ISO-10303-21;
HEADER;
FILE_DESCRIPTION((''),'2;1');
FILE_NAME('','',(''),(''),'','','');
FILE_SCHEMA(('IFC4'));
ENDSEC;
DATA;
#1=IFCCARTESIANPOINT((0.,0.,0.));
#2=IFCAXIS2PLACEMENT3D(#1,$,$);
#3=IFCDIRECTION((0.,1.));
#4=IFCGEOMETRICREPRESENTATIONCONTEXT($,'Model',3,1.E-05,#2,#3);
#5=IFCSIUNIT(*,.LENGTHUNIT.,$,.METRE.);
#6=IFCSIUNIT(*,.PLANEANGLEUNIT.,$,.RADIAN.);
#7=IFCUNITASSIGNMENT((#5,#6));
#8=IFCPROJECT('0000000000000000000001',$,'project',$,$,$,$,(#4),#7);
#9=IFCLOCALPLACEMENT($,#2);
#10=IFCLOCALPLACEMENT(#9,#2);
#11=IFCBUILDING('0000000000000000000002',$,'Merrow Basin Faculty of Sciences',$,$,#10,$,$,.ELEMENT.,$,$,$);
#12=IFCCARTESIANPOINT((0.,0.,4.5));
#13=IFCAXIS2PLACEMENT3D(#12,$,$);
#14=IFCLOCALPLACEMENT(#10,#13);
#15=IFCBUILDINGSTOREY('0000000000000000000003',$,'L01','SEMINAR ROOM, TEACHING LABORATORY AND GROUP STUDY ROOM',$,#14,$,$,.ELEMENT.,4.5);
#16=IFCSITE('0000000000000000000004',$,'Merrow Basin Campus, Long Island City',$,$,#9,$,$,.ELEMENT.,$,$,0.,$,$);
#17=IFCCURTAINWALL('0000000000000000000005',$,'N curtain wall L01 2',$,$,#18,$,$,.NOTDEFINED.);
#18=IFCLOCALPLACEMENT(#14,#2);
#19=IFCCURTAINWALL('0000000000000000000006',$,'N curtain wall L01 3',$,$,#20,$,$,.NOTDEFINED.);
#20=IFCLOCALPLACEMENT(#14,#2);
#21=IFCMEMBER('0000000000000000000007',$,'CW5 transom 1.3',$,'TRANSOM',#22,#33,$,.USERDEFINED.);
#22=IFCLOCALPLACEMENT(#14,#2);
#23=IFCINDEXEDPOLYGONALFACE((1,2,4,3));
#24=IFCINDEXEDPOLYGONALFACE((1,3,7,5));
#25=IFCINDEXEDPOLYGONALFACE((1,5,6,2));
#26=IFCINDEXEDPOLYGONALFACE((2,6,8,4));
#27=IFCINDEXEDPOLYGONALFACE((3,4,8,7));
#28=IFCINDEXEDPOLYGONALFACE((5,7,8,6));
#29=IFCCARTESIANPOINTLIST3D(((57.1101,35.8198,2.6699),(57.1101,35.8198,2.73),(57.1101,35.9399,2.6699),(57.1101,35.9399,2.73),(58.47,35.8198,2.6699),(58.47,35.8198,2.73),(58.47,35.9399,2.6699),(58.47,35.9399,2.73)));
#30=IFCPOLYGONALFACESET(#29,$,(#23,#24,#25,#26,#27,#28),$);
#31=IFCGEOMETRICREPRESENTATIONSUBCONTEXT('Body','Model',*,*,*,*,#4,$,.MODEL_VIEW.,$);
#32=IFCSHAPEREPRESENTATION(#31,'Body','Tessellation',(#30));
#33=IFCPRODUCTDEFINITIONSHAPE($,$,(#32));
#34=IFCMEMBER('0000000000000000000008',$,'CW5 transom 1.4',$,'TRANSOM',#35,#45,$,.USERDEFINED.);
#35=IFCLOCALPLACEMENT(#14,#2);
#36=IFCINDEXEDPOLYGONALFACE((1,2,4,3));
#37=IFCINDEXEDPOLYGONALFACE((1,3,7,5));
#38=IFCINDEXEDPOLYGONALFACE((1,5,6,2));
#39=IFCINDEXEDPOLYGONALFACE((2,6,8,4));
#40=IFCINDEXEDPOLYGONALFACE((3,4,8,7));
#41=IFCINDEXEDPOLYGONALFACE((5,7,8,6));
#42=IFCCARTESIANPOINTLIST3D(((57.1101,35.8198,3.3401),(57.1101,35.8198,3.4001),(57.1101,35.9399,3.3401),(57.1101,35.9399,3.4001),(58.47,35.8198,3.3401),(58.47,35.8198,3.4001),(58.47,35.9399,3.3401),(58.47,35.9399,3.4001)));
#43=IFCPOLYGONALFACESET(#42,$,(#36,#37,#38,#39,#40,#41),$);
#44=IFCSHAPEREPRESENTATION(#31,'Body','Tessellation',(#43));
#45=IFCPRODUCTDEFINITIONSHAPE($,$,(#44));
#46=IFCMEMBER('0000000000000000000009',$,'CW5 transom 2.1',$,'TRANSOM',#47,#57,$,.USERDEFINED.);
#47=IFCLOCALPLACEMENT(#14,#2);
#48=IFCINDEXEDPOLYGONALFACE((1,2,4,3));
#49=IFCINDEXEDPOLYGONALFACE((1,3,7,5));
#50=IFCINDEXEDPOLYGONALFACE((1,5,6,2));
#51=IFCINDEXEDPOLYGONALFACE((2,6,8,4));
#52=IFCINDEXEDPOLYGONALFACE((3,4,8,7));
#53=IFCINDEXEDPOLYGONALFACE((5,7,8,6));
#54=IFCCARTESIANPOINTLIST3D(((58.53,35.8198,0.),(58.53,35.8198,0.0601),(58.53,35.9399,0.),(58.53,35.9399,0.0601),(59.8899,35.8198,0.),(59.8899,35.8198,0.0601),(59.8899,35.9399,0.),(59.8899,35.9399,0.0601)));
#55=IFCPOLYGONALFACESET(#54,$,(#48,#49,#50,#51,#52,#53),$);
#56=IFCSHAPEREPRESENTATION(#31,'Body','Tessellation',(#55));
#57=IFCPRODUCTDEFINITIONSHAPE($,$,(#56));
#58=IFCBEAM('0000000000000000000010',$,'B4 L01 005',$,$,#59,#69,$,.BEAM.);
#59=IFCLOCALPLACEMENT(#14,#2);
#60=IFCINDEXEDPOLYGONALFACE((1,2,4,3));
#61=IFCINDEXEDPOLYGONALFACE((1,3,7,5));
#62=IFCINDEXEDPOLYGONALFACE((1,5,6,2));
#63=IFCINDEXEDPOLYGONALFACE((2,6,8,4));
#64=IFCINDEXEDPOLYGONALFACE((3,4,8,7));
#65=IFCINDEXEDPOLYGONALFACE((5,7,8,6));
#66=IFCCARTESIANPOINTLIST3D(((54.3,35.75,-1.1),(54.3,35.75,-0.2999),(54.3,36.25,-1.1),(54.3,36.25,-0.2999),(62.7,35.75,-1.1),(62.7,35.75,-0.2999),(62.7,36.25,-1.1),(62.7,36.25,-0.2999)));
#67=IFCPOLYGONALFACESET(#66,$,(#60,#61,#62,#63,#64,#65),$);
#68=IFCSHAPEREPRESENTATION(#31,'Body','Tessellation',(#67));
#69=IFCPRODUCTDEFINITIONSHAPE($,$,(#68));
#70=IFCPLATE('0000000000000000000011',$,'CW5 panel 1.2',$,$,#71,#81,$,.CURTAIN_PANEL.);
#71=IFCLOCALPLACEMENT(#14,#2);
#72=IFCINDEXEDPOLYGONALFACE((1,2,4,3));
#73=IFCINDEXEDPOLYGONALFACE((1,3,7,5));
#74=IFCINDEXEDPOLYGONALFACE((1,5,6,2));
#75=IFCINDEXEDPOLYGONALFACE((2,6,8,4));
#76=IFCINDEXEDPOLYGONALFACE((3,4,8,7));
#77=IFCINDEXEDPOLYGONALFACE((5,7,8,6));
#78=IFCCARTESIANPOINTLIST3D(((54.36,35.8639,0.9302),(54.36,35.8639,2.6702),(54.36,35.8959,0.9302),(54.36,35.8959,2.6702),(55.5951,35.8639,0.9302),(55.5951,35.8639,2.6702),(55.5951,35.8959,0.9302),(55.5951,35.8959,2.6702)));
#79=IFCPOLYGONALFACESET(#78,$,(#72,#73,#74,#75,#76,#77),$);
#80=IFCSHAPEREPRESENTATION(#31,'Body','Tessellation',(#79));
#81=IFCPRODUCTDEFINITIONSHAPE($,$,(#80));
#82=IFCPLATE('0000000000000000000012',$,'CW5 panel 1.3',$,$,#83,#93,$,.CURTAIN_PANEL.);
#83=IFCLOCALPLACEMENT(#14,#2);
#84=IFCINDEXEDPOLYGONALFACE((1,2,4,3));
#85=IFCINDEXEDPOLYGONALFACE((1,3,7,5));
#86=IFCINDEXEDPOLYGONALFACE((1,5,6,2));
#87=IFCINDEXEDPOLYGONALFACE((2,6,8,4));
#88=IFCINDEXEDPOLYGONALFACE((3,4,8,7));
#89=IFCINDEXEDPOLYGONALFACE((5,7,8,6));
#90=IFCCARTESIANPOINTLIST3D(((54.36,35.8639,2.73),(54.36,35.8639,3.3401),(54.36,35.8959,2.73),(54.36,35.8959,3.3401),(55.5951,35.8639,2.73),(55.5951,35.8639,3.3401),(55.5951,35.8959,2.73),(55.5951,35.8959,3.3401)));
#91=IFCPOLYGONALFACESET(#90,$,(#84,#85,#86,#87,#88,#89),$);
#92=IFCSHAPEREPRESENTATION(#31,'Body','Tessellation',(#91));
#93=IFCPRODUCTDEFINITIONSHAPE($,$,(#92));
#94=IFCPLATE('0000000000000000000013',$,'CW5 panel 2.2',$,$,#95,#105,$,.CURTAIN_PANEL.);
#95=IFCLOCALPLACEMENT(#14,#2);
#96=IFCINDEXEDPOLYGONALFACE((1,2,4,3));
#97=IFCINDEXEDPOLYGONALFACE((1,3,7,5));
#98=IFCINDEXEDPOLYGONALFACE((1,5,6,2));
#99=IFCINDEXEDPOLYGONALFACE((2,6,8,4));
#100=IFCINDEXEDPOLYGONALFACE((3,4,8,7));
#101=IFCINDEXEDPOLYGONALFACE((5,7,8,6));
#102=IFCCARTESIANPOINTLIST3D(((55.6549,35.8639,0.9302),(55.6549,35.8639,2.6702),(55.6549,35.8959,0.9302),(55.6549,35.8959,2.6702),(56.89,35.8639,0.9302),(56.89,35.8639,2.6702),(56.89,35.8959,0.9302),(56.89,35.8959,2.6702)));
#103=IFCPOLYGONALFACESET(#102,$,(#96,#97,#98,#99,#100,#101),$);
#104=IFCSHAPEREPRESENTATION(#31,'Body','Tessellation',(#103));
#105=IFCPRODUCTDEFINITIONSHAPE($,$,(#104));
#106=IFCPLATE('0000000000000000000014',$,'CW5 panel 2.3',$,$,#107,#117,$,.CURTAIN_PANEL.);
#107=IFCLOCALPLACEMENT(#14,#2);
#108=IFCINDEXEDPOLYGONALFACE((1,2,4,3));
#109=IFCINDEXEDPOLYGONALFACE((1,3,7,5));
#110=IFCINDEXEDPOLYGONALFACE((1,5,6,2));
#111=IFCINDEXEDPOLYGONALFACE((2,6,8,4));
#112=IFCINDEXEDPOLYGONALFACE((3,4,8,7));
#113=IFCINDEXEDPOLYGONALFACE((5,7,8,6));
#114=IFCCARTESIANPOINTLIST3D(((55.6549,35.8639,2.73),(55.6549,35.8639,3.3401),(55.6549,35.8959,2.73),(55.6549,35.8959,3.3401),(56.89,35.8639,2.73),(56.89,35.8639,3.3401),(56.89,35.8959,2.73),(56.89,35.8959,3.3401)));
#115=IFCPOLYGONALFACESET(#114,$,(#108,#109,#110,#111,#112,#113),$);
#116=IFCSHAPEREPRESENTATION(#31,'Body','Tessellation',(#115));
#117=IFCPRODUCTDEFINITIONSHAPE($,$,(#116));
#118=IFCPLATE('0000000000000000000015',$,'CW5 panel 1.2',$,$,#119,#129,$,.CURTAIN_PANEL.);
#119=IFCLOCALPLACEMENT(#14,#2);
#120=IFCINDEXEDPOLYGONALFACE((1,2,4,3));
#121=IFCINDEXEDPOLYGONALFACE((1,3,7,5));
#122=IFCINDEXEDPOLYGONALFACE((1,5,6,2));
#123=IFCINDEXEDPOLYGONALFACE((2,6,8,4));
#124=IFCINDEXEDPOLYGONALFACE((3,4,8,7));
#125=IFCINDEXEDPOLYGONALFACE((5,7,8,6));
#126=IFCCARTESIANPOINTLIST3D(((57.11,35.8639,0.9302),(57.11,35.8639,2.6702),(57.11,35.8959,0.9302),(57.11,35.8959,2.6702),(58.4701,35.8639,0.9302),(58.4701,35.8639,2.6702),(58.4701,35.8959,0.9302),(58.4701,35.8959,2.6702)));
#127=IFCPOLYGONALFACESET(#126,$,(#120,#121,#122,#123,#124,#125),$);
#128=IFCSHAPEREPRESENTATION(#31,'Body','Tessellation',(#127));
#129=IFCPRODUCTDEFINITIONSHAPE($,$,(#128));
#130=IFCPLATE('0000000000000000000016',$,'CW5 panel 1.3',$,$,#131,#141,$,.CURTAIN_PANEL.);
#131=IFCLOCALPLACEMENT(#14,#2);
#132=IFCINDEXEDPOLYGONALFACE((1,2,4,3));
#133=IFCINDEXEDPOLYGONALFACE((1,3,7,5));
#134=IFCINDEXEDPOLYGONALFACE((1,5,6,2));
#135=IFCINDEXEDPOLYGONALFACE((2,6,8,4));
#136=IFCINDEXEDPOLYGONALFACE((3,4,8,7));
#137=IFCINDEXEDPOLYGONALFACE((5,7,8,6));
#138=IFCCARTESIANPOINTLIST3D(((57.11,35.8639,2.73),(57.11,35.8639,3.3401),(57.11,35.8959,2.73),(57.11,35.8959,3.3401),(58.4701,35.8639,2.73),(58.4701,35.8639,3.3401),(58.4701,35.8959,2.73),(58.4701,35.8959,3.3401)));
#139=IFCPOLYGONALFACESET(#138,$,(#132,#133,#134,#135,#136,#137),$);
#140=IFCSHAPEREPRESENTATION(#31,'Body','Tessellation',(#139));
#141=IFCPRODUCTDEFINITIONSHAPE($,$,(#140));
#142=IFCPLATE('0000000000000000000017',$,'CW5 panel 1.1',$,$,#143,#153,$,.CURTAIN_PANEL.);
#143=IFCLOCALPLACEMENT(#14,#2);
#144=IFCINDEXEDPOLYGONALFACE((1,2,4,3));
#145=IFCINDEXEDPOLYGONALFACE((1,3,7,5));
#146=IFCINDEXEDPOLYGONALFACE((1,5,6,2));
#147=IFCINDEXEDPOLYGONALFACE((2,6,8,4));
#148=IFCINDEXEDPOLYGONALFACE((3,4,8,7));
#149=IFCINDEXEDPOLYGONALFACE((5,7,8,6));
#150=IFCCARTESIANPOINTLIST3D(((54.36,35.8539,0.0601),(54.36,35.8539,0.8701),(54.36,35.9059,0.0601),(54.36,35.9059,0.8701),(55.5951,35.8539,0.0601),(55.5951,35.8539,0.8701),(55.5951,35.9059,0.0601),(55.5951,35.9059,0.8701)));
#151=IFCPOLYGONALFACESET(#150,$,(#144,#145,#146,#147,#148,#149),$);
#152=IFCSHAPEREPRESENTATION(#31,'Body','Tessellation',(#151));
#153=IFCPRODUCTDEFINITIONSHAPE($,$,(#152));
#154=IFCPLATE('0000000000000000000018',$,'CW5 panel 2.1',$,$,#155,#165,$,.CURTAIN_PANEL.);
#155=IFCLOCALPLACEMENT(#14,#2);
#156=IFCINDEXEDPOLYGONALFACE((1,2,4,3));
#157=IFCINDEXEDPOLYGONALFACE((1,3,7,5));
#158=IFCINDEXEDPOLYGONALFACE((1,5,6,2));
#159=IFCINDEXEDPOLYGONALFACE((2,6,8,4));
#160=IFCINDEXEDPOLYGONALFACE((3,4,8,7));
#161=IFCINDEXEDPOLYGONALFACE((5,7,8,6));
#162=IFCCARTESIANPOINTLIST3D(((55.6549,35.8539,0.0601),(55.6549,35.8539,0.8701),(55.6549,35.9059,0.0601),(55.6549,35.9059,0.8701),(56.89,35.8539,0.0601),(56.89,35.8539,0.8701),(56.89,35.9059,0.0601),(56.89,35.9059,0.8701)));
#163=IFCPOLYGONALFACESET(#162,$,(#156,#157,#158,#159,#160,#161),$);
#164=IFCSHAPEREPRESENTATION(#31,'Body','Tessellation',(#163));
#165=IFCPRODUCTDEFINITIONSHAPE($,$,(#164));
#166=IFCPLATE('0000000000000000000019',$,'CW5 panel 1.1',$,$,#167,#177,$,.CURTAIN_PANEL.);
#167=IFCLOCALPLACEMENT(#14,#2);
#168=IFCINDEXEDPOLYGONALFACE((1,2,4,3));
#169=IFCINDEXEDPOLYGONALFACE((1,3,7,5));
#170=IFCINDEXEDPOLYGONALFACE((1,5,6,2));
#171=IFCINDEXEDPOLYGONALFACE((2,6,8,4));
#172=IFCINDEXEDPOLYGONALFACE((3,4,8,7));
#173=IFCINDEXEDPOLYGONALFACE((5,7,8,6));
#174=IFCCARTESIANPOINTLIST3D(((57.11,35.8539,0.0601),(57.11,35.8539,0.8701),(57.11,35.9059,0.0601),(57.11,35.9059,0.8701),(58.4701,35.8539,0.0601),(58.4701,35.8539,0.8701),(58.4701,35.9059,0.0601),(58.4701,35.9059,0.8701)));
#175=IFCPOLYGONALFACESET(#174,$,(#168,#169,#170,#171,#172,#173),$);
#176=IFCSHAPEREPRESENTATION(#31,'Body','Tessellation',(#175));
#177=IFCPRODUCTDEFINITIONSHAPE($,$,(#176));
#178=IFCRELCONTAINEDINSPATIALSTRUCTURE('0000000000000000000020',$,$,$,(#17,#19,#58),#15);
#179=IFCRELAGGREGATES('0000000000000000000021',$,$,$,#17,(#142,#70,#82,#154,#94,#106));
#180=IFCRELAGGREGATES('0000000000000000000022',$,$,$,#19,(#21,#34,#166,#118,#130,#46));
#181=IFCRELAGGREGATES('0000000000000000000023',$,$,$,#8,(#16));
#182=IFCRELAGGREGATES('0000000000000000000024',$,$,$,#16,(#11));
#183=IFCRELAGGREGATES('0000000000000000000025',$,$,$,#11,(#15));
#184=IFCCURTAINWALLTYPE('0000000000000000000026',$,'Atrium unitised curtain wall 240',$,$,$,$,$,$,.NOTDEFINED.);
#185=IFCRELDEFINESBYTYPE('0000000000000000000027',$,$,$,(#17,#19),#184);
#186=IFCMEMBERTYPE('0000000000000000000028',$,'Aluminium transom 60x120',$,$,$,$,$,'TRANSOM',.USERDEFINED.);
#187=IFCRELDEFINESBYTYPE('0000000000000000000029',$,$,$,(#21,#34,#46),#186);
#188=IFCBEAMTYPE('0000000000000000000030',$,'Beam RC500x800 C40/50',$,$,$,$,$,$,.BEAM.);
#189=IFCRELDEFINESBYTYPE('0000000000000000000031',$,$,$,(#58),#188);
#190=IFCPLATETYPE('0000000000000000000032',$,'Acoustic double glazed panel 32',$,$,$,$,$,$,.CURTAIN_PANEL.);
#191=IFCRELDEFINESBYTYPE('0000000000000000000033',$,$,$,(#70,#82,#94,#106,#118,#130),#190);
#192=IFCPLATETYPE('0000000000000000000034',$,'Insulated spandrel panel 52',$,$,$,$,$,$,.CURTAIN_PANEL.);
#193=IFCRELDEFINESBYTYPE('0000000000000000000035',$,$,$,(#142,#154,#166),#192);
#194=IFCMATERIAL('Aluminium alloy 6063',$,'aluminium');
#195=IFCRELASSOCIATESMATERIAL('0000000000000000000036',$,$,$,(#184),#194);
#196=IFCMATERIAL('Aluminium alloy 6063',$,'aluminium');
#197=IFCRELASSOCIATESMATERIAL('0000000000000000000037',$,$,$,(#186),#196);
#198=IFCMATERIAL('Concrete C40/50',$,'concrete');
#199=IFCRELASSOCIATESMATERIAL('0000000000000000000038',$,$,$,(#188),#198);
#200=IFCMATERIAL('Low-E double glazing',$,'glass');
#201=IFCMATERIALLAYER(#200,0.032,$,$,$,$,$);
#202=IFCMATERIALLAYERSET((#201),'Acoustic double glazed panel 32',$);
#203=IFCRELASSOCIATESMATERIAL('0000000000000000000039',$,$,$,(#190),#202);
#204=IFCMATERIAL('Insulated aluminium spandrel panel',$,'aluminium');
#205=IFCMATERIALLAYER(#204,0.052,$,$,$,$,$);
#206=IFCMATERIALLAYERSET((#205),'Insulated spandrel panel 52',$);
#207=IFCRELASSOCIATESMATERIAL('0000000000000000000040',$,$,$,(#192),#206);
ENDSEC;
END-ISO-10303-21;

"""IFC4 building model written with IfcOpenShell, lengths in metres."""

from ifc_helpers import new_model, si_unit, direction, frame, origin, origin_2d, place, context, subcontext, project, spatial, rectangle, extrude, material, layer, layer_set, material_profile, profile_set, type_object, element, aggregate, save


model = new_model("IFC4")

# Units and contexts
model_context = context("Model", 3, precision=1e-05, world=origin(), true_north=direction((0.0, 1.0)))
body_context = subcontext(model_context, "Body", "Model", "MODEL_VIEW")
ifc_project = project(units=[si_unit("LENGTHUNIT", "METRE"), si_unit("PLANEANGLEUNIT", "RADIAN")], contexts=[model_context])

# Site, building, storey
site_placement = place(None, origin())
site = spatial("IfcSite", under=ifc_project, at=site_placement, Name="Merrow Basin Campus, Long Island City", CompositionType="ELEMENT", RefElevation=0.0)
building_placement = place(site_placement, origin())
building = spatial("IfcBuilding", under=site, at=building_placement, Name="Merrow Basin Faculty of Sciences", CompositionType="ELEMENT")
storey_placement = place(building_placement, frame((0.0, 0.0, 4.5)))
storey = spatial("IfcBuildingStorey", under=building, at=storey_placement, Name="L01", Description="SEMINAR ROOM, TEACHING LABORATORY AND GROUP STUDY ROOM", CompositionType="ELEMENT", Elevation=4.5)

# Curtain walls
ifc_material_1 = material(Name="Aluminium alloy 6063", Category="aluminium")
curtain_wall_type = type_object("IfcCurtainWallType", Name="Atrium unitised curtain wall 240", PredefinedType="NOTDEFINED", material=ifc_material_1)
curtain_wall_1_placement = place(storey_placement, origin())
curtain_wall_1 = element("IfcCurtainWall", 1, at=curtain_wall_1_placement, inside=storey, type_object=curtain_wall_type, Name="N curtain wall L01 2", PredefinedType="NOTDEFINED")
curtain_wall_2_placement = place(storey_placement, origin())
curtain_wall_2 = element("IfcCurtainWall", 2, at=curtain_wall_2_placement, inside=storey, type_object=curtain_wall_type, Name="N curtain wall L01 3", PredefinedType="NOTDEFINED")

# Members
ifc_material_2 = material(Name="Aluminium alloy 6063", Category="aluminium")
ifc_material_profile_1 = material_profile(ifc_material_2, rectangle(XDim=0.1201, YDim=0.0601, at=origin_2d()))
ifc_profile_set_1 = profile_set([ifc_material_profile_1], Name="Aluminium alloy 6063")
member_type_1 = type_object("IfcMemberType", Name="Aluminium transom 60x120", ElementType="TRANSOM", PredefinedType="USERDEFINED", material=ifc_profile_set_1)
member_1_placement = place(storey_placement, frame((57.1101, 35.8799, 2.7), z_axis=(1.0, 0.0, 0.0), x_axis=(0.0, 1.0, 0.0)))
member_1 = element("IfcMember", 3, at=member_1_placement, type_object=member_type_1, Name="CW5 transom 1.3", ObjectType="TRANSOM", PredefinedType="USERDEFINED", context=body_context, shape_type="SweptSolid", body=[
    extrude(rectangle(XDim=0.1201, YDim=0.0601, at=origin_2d()), origin(), (0.0, 0.0, 1.0), 1.3599),
])
member_2_placement = place(storey_placement, frame((57.1101, 35.8799, 3.3701), z_axis=(1.0, 0.0, 0.0), x_axis=(0.0, 1.0, 0.0)))
member_2 = element("IfcMember", 4, at=member_2_placement, type_object=member_type_1, Name="CW5 transom 1.4", ObjectType="TRANSOM", PredefinedType="USERDEFINED", context=body_context, shape_type="SweptSolid", body=[
    extrude(rectangle(XDim=0.1201, YDim=0.0601, at=origin_2d()), origin(), (0.0, 0.0, 1.0), 1.3599),
])
member_3_placement = place(storey_placement, frame((58.53, 35.8799, 0.03), z_axis=(1.0, 0.0, 0.0), x_axis=(0.0, 1.0, 0.0)))
member_3 = element("IfcMember", 5, at=member_3_placement, type_object=member_type_1, Name="CW5 transom 2.1", ObjectType="TRANSOM", PredefinedType="USERDEFINED", context=body_context, shape_type="SweptSolid", body=[
    extrude(rectangle(XDim=0.1201, YDim=0.0601, at=origin_2d()), origin(), (0.0, 0.0, 1.0), 1.3599),
])

# Beam
ifc_material_3 = material(Name="Concrete C40/50", Category="concrete")
ifc_material_profile_2 = material_profile(ifc_material_3, rectangle(XDim=0.5, YDim=0.8, at=origin_2d()))
ifc_profile_set_2 = profile_set([ifc_material_profile_2], Name="Concrete C40/50")
beam_type = type_object("IfcBeamType", Name="Beam RC500x800 C40/50", PredefinedType="BEAM", material=ifc_profile_set_2)
beam_placement = place(storey_placement, frame((54.3, 36.0, -0.7), z_axis=(1.0, 0.0, 0.0), x_axis=(0.0, 1.0, 0.0)))
element("IfcBeam", 6, at=beam_placement, inside=storey, type_object=beam_type, Name="B4 L01 005", PredefinedType="BEAM", context=body_context, shape_type="SweptSolid", body=[
    extrude(rectangle(XDim=0.5, YDim=0.8, at=origin_2d()), origin(), (0.0, 0.0, 1.0), 8.3999),
])

# Plates
ifc_material_4 = material(Name="Low-E double glazing", Category="glass")
ifc_layer_1 = layer(ifc_material_4, 0.032)
ifc_layer_set_1 = layer_set([ifc_layer_1], Name="Acoustic double glazed panel 32")
plate_type_1 = type_object("IfcPlateType", Name="Acoustic double glazed panel 32", PredefinedType="CURTAIN_PANEL", material=ifc_layer_set_1)
plate_1_placement = place(storey_placement, frame((54.9775, 35.8799, 0.9302), z_axis=(0.0, 0.0, 1.0), x_axis=(1.0, 0.0, 0.0)))
plate_1 = element("IfcPlate", 7, at=plate_1_placement, type_object=plate_type_1, Name="CW5 panel 1.2", PredefinedType="CURTAIN_PANEL", context=body_context, shape_type="SweptSolid", body=[
    extrude(rectangle(XDim=1.2351, YDim=0.032, at=origin_2d()), origin(), (0.0, 0.0, 1.0), 1.74),
])
plate_2_placement = place(storey_placement, frame((54.9775, 35.8799, 2.73), z_axis=(0.0, 0.0, 1.0), x_axis=(1.0, 0.0, 0.0)))
plate_2 = element("IfcPlate", 8, at=plate_2_placement, type_object=plate_type_1, Name="CW5 panel 1.3", PredefinedType="CURTAIN_PANEL", context=body_context, shape_type="SweptSolid", body=[
    extrude(rectangle(XDim=1.2351, YDim=0.032, at=origin_2d()), origin(), (0.0, 0.0, 1.0), 0.6101),
])
plate_3_placement = place(storey_placement, frame((56.2725, 35.8799, 0.9302), z_axis=(0.0, 0.0, 1.0), x_axis=(1.0, 0.0, 0.0)))
plate_3 = element("IfcPlate", 9, at=plate_3_placement, type_object=plate_type_1, Name="CW5 panel 2.2", PredefinedType="CURTAIN_PANEL", context=body_context, shape_type="SweptSolid", body=[
    extrude(rectangle(XDim=1.2351, YDim=0.032, at=origin_2d()), origin(), (0.0, 0.0, 1.0), 1.74),
])
plate_4_placement = place(storey_placement, frame((56.2725, 35.8799, 2.73), z_axis=(0.0, 0.0, 1.0), x_axis=(1.0, 0.0, 0.0)))
plate_4 = element("IfcPlate", 10, at=plate_4_placement, type_object=plate_type_1, Name="CW5 panel 2.3", PredefinedType="CURTAIN_PANEL", context=body_context, shape_type="SweptSolid", body=[
    extrude(rectangle(XDim=1.2351, YDim=0.032, at=origin_2d()), origin(), (0.0, 0.0, 1.0), 0.6101),
])
plate_5_placement = place(storey_placement, frame((57.79, 35.8799, 0.9302), z_axis=(0.0, 0.0, 1.0), x_axis=(1.0, 0.0, 0.0)))
plate_5 = element("IfcPlate", 11, at=plate_5_placement, type_object=plate_type_1, Name="CW5 panel 1.2", PredefinedType="CURTAIN_PANEL", context=body_context, shape_type="SweptSolid", body=[
    extrude(rectangle(XDim=1.3601, YDim=0.032, at=origin_2d()), origin(), (0.0, 0.0, 1.0), 1.74),
])
plate_6_placement = place(storey_placement, frame((57.79, 35.8799, 2.73), z_axis=(0.0, 0.0, 1.0), x_axis=(1.0, 0.0, 0.0)))
plate_6 = element("IfcPlate", 12, at=plate_6_placement, type_object=plate_type_1, Name="CW5 panel 1.3", PredefinedType="CURTAIN_PANEL", context=body_context, shape_type="SweptSolid", body=[
    extrude(rectangle(XDim=1.3601, YDim=0.032, at=origin_2d()), origin(), (0.0, 0.0, 1.0), 0.6101),
])
ifc_material_5 = material(Name="Insulated aluminium spandrel panel", Category="aluminium")
ifc_layer_2 = layer(ifc_material_5, 0.052)
ifc_layer_set_2 = layer_set([ifc_layer_2], Name="Insulated spandrel panel 52")
plate_type_2 = type_object("IfcPlateType", Name="Insulated spandrel panel 52", PredefinedType="CURTAIN_PANEL", material=ifc_layer_set_2)
plate_7_placement = place(storey_placement, frame((54.9775, 35.8799, 0.0601), z_axis=(0.0, 0.0, 1.0), x_axis=(1.0, 0.0, 0.0)))
plate_7 = element("IfcPlate", 13, at=plate_7_placement, type_object=plate_type_2, Name="CW5 panel 1.1", PredefinedType="CURTAIN_PANEL", context=body_context, shape_type="SweptSolid", body=[
    extrude(rectangle(XDim=1.2351, YDim=0.052, at=origin_2d()), origin(), (0.0, 0.0, 1.0), 0.8101),
])
plate_8_placement = place(storey_placement, frame((56.2725, 35.8799, 0.0601), z_axis=(0.0, 0.0, 1.0), x_axis=(1.0, 0.0, 0.0)))
plate_8 = element("IfcPlate", 14, at=plate_8_placement, type_object=plate_type_2, Name="CW5 panel 2.1", PredefinedType="CURTAIN_PANEL", context=body_context, shape_type="SweptSolid", body=[
    extrude(rectangle(XDim=1.2351, YDim=0.052, at=origin_2d()), origin(), (0.0, 0.0, 1.0), 0.8101),
])
aggregate(curtain_wall_1, [plate_7, plate_1, plate_2, plate_8, plate_3, plate_4])
plate_9_placement = place(storey_placement, frame((57.79, 35.8799, 0.0601), z_axis=(0.0, 0.0, 1.0), x_axis=(1.0, 0.0, 0.0)))
plate_9 = element("IfcPlate", 15, at=plate_9_placement, type_object=plate_type_2, Name="CW5 panel 1.1", PredefinedType="CURTAIN_PANEL", context=body_context, shape_type="SweptSolid", body=[
    extrude(rectangle(XDim=1.3601, YDim=0.052, at=origin_2d()), origin(), (0.0, 0.0, 1.0), 0.8101),
])
aggregate(curtain_wall_2, [member_1, member_2, plate_9, plate_5, plate_6, member_3])

save(model, "model.ifc")
